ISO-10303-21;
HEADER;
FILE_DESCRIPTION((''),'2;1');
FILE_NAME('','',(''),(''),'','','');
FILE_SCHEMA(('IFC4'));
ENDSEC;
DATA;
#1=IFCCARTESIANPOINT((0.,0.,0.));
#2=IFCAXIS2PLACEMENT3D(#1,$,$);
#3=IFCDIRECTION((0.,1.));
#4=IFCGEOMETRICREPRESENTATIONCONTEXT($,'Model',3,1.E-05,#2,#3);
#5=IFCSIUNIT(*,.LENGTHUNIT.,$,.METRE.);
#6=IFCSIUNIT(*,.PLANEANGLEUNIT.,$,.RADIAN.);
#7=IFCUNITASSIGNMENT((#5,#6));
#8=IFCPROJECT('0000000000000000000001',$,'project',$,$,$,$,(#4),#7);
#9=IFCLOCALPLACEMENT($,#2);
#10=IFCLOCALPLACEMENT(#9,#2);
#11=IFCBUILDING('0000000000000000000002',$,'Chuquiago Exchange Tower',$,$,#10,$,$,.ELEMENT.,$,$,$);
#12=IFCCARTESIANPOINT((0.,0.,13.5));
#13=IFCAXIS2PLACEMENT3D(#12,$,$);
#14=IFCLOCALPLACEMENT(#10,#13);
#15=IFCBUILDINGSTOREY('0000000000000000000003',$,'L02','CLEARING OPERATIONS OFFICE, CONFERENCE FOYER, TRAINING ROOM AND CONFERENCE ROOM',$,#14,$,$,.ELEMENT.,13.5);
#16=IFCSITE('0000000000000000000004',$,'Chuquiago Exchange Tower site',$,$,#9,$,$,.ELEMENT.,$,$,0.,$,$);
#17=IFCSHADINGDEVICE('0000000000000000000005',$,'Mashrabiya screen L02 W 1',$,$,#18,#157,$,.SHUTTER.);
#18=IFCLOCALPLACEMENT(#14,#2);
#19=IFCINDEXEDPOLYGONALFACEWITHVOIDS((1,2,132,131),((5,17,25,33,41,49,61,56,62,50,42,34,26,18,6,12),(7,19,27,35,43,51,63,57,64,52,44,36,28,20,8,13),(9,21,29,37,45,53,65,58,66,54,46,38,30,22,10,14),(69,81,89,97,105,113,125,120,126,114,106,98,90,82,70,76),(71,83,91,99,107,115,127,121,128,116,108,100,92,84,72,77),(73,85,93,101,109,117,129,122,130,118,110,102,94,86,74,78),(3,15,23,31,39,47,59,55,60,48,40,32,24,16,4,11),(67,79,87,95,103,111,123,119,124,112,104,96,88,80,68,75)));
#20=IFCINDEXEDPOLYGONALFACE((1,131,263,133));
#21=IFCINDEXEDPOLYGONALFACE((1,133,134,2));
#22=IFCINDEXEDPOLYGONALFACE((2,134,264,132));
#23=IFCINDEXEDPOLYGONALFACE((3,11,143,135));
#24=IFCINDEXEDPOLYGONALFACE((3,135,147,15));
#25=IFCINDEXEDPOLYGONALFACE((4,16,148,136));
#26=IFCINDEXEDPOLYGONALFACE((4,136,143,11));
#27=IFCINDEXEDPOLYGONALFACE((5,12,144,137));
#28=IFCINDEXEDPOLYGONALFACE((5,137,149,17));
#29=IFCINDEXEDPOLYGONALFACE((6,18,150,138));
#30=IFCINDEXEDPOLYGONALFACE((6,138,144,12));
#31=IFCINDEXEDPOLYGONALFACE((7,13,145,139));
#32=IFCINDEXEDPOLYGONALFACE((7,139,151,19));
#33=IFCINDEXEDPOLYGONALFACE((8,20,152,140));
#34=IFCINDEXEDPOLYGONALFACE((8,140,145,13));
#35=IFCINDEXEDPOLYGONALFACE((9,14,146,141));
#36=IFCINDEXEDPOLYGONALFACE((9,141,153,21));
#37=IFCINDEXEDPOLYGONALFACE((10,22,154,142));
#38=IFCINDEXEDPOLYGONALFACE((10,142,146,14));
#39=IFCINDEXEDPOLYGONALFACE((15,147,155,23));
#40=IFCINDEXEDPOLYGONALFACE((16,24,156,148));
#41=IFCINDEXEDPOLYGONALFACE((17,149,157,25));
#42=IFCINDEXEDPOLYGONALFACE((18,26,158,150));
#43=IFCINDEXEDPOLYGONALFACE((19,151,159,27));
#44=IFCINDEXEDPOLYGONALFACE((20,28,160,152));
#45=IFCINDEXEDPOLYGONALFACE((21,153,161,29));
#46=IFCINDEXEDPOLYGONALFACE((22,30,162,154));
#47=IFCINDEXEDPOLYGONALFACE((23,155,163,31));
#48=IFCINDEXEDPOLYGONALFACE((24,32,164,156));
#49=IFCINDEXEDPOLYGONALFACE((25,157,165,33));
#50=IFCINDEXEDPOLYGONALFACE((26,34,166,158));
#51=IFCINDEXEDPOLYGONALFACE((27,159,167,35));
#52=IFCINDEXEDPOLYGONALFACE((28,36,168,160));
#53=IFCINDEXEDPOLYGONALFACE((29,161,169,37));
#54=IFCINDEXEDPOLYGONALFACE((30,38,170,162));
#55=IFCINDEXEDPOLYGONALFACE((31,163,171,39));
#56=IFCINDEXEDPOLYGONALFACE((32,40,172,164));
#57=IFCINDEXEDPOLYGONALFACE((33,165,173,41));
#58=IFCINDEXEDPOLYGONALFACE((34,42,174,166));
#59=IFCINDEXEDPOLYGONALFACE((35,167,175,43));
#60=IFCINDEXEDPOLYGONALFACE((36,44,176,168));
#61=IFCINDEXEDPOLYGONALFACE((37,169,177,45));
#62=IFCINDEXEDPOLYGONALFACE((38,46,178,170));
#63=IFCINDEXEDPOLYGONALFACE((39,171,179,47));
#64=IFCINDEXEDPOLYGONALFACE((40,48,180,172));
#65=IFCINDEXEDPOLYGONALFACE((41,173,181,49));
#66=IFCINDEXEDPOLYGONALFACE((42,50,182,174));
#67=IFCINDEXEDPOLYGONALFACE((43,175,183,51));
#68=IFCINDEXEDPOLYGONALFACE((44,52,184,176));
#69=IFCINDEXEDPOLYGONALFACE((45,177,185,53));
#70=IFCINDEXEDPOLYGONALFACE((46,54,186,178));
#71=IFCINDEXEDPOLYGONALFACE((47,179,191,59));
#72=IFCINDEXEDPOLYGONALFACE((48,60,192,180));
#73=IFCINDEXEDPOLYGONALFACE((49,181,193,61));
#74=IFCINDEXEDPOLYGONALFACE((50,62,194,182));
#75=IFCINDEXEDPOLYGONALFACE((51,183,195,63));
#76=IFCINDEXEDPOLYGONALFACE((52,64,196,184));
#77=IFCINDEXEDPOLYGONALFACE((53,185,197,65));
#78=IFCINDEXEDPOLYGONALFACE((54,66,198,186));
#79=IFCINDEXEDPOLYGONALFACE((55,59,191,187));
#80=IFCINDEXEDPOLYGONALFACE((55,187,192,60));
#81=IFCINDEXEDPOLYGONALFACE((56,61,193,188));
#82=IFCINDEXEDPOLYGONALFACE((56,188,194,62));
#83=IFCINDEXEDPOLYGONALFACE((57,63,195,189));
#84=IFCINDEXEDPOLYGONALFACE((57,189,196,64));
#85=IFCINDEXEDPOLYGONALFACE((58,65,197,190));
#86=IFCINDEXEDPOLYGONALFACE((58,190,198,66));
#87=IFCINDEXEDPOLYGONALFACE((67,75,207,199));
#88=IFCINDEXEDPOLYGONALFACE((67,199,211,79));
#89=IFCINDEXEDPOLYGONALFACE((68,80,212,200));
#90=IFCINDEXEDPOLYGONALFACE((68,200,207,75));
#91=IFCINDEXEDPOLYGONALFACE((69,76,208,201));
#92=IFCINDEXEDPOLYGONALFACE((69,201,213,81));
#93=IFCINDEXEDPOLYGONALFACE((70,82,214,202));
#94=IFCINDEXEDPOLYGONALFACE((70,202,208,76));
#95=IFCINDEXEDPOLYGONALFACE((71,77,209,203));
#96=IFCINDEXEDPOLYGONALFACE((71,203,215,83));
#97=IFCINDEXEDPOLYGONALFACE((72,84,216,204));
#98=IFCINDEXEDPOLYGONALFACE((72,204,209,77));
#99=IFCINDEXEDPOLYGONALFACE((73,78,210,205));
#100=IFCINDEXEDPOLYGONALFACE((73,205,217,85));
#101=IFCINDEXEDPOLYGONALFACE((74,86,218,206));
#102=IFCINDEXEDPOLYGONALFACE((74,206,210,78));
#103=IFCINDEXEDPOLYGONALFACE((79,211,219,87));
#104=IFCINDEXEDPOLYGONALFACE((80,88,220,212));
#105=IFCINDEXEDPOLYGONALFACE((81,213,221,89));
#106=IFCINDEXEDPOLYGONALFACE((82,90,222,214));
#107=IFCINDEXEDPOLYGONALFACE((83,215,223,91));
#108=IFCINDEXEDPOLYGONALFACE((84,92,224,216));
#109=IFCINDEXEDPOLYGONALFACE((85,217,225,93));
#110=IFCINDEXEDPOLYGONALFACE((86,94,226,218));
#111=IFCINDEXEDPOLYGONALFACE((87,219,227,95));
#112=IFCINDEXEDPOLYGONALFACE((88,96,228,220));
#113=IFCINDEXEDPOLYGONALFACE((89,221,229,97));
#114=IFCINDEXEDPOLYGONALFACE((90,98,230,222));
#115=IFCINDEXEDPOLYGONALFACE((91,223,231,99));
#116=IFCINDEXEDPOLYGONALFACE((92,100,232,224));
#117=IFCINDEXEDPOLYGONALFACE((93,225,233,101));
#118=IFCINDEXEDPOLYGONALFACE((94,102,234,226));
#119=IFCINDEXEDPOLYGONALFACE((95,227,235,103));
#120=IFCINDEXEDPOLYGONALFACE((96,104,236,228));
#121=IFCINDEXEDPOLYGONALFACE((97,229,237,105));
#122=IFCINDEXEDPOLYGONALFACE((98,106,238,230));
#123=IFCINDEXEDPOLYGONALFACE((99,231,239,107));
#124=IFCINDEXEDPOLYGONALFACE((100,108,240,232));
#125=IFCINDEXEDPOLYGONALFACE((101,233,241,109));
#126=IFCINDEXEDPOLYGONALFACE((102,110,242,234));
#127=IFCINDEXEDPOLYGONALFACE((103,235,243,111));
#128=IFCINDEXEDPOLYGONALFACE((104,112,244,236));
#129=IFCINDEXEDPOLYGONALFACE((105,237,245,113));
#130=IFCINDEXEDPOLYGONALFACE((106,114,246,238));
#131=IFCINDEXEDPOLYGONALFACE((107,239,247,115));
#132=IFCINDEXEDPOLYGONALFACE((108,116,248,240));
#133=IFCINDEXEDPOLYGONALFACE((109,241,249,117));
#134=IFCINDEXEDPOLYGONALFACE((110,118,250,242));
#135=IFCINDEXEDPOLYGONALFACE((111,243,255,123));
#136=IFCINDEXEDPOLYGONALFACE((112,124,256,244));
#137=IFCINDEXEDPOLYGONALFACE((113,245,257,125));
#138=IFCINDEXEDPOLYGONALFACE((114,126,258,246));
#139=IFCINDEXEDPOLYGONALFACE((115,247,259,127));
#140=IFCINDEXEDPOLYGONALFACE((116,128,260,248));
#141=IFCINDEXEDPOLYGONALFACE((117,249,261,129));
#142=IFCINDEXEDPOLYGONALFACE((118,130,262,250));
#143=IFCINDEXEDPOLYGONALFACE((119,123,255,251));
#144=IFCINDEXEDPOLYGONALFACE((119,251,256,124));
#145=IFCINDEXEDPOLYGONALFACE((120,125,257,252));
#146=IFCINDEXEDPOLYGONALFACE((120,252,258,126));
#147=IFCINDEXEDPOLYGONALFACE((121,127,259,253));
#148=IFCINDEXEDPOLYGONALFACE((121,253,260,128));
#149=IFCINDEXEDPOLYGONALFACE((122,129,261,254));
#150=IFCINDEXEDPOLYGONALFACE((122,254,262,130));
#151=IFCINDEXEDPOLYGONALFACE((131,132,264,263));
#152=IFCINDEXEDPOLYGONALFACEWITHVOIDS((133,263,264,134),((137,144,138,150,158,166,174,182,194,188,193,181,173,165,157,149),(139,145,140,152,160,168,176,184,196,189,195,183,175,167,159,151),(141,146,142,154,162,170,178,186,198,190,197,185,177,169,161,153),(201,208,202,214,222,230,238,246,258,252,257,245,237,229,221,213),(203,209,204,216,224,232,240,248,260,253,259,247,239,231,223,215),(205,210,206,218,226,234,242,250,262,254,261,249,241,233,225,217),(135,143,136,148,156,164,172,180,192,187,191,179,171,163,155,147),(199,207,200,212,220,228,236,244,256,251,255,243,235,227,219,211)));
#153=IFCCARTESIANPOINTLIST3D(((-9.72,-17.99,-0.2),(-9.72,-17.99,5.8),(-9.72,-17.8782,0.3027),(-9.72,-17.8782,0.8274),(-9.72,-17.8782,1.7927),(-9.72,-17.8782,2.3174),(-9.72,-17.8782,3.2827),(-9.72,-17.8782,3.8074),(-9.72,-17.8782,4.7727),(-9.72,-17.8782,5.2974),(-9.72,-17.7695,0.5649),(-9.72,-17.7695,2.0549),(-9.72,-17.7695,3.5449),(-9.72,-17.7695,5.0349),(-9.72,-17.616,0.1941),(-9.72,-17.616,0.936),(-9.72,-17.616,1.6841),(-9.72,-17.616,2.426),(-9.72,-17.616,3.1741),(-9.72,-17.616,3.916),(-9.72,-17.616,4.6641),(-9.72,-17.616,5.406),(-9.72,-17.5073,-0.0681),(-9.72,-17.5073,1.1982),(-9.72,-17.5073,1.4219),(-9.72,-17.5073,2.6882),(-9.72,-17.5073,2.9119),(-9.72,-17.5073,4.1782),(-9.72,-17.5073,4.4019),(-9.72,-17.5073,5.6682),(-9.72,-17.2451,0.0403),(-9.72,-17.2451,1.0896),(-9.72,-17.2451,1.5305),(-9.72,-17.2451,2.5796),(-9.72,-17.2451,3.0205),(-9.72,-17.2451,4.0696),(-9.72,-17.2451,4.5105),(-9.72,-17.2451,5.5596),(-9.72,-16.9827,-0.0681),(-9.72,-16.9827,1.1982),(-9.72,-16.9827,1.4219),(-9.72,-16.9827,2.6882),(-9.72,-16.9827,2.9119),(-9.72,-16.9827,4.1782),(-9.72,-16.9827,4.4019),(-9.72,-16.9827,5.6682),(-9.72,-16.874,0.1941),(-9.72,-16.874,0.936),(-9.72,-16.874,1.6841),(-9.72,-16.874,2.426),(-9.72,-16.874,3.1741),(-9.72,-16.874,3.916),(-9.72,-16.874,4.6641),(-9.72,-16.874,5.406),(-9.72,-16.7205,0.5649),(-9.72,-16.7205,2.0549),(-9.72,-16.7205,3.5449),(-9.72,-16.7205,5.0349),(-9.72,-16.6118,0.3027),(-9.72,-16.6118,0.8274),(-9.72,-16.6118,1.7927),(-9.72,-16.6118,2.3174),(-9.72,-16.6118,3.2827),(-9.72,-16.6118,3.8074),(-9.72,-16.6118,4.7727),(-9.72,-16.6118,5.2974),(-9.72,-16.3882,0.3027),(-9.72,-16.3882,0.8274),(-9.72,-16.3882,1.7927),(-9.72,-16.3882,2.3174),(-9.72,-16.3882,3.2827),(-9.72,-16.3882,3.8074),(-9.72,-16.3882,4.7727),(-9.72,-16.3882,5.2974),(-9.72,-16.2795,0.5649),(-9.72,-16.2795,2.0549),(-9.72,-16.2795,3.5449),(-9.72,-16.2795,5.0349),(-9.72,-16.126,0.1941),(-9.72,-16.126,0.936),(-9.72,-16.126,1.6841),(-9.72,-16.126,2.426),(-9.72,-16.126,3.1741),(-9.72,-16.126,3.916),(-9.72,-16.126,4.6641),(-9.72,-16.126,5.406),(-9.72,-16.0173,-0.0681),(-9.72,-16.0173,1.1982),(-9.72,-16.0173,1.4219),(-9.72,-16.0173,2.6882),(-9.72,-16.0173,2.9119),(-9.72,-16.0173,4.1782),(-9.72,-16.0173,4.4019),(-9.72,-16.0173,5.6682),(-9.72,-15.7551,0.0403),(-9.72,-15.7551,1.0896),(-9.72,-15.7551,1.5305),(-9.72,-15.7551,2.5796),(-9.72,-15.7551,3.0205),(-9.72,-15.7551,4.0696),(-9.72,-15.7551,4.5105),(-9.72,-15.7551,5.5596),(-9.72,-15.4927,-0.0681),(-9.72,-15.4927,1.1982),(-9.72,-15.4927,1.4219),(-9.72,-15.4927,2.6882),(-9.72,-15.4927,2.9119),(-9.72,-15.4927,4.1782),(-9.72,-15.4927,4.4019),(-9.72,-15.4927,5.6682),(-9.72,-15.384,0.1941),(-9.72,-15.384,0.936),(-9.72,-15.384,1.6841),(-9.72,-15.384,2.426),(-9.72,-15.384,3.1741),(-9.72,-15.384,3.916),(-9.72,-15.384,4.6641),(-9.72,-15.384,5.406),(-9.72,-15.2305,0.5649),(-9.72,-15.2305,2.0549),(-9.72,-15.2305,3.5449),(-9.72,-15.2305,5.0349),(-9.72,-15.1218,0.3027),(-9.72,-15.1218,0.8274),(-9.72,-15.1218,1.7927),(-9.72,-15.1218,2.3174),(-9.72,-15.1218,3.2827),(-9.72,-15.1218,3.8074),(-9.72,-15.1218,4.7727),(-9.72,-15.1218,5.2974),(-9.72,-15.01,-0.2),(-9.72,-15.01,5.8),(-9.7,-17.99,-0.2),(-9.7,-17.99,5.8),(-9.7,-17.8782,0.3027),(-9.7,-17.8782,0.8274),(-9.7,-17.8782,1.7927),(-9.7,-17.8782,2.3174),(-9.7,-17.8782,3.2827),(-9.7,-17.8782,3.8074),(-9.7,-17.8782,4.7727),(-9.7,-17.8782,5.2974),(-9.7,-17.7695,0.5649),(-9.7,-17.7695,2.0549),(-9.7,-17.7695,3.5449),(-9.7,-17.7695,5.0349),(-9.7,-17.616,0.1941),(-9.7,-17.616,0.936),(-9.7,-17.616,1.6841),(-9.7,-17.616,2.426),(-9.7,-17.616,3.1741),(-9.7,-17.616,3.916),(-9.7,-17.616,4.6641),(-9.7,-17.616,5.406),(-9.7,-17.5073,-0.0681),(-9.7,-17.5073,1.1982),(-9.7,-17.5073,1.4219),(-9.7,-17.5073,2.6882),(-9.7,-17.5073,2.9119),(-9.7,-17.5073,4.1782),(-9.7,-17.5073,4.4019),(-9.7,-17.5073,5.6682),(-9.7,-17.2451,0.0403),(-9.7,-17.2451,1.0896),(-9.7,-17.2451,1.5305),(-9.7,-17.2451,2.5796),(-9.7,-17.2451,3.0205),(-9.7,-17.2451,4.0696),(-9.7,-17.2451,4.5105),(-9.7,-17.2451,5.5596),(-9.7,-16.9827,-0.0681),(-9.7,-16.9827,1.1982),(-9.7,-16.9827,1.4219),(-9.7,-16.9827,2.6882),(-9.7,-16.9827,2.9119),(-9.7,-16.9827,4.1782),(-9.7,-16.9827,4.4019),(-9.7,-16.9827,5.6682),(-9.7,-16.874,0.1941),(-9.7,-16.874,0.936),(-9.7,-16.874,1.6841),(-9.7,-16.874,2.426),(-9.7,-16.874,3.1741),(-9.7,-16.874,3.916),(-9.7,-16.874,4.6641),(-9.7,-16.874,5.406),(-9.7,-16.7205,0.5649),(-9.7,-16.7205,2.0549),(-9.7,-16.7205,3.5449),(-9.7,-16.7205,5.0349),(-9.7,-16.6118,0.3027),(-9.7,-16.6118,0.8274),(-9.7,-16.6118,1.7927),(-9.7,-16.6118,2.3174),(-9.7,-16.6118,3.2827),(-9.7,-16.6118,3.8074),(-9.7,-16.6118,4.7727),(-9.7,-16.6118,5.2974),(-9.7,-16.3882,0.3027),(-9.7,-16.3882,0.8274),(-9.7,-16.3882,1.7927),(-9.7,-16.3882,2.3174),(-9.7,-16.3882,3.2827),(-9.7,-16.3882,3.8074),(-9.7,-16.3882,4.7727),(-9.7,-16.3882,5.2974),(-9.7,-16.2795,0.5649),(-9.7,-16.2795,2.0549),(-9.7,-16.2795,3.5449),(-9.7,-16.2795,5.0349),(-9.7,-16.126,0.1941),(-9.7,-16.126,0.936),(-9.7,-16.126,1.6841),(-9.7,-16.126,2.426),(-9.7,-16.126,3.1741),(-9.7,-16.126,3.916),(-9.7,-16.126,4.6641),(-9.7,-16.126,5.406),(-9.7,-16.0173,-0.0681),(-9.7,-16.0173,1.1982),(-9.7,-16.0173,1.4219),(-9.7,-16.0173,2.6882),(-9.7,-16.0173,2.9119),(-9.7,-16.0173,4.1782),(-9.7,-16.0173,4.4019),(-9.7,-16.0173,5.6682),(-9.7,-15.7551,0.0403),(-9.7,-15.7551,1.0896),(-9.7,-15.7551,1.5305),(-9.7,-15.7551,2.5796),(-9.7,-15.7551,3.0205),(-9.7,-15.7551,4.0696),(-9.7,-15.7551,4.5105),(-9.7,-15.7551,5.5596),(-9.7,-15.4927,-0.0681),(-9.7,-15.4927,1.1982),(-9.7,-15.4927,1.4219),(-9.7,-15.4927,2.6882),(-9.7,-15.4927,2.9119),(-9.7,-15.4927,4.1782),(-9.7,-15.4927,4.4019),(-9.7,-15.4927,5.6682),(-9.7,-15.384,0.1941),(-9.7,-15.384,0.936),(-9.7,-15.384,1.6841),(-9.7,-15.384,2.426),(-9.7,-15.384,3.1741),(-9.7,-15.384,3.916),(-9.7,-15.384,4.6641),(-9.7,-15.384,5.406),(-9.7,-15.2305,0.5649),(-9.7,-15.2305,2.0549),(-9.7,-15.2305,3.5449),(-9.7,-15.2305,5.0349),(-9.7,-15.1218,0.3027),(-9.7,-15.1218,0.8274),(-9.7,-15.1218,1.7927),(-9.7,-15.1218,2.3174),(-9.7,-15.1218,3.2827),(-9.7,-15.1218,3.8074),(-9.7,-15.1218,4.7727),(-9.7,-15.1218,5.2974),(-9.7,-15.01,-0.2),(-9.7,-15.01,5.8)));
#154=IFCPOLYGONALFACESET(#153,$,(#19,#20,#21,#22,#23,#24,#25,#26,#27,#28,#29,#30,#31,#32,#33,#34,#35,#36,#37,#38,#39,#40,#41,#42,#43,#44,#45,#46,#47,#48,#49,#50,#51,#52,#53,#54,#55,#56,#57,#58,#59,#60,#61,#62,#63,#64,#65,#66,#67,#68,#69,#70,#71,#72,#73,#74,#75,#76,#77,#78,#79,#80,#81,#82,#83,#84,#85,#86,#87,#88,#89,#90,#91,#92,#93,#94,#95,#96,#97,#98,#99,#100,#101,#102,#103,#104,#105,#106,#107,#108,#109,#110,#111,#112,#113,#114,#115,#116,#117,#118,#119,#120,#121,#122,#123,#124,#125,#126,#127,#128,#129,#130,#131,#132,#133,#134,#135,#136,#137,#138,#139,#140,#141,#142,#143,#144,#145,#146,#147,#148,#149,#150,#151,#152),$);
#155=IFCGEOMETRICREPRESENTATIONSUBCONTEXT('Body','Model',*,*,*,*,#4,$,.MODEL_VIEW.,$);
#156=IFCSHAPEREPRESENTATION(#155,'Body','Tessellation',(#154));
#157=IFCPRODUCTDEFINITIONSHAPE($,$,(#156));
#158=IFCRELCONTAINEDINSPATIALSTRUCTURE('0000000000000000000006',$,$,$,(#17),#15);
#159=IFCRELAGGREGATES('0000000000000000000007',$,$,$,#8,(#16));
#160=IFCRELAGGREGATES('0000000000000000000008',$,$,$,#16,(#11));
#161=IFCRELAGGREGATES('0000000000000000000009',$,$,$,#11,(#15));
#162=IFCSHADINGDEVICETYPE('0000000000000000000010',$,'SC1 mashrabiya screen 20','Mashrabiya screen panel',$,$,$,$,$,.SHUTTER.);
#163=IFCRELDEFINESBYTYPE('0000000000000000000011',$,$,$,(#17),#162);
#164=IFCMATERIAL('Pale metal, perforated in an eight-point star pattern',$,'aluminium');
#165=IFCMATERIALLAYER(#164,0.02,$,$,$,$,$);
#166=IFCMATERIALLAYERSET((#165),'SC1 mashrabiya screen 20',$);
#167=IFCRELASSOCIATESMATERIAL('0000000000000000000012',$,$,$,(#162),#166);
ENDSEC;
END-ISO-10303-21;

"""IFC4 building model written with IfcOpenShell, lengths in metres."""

from ifc_helpers import new_model, si_unit, direction, frame, origin, place, context, subcontext, project, spatial, polyline, outline, extrude, material, layer, layer_set, type_object, element, save


model = new_model("IFC4")

# Units and contexts
model_context = context("Model", 3, precision=1e-05, world=origin(), true_north=direction((0.0, 1.0)))
body_context = subcontext(model_context, "Body", "Model", "MODEL_VIEW")
ifc_project = project(units=[si_unit("LENGTHUNIT", "METRE"), si_unit("PLANEANGLEUNIT", "RADIAN")], contexts=[model_context])

# Site, building, storey
site_placement = place(None, origin())
site = spatial("IfcSite", under=ifc_project, at=site_placement, Name="Chuquiago Exchange Tower site", CompositionType="ELEMENT", RefElevation=0.0)
building_placement = place(site_placement, origin())
building = spatial("IfcBuilding", under=site, at=building_placement, Name="Chuquiago Exchange Tower", CompositionType="ELEMENT")
storey_placement = place(building_placement, frame((0.0, 0.0, 13.5)))
storey = spatial("IfcBuildingStorey", under=building, at=storey_placement, Name="L02", Description="CLEARING OPERATIONS OFFICE, CONFERENCE FOYER, TRAINING ROOM AND CONFERENCE ROOM", CompositionType="ELEMENT", Elevation=13.5)

# Shading device
ifc_material_1 = material(Name="Pale metal, perforated in an eight-point star pattern", Category="aluminium")
ifc_layer_1 = layer(ifc_material_1, 0.02)
ifc_layer_set_1 = layer_set([ifc_layer_1], Name="SC1 mashrabiya screen 20")
shading_device_type = type_object("IfcShadingDeviceType", Name="SC1 mashrabiya screen 20", Description="Mashrabiya screen panel", PredefinedType="SHUTTER", material=ifc_layer_set_1)
shading_device_1_placement = place(storey_placement, frame((-9.7, -15.01, -0.2), z_axis=(0.0, 0.0, 1.0), x_axis=(0.0, -1.0, 0.0)))
element("IfcShadingDevice", 1, at=shading_device_1_placement, inside=storey, type_object=shading_device_type, Name="Mashrabiya screen L02 W 1", PredefinedType="SHUTTER", context=body_context, shape_type="SweptSolid", body=[
    extrude(outline(polyline([(0.0, 0.0), (2.98, 0.0), (2.98, 6.0), (0.0, 6.0), (0.0, 0.0)]), holes=[polyline([(1.2695, 0.7649), (1.3782, 1.0273), (1.116, 1.136), (1.0073, 1.3982), (0.7451, 1.2896), (0.4827, 1.3982), (0.374, 1.136), (0.1118, 1.0273), (0.2205, 0.7649), (0.1118, 0.5027), (0.374, 0.394), (0.4827, 0.1318), (0.7451, 0.2402), (1.0073, 0.1318), (1.116, 0.394), (1.3782, 0.5027), (1.2695, 0.7649)]), polyline([(2.7595, 0.7649), (2.8682, 1.0273), (2.606, 1.136), (2.4973, 1.3982), (2.2351, 1.2896), (1.9727, 1.3982), (1.864, 1.136), (1.6018, 1.0273), (1.7104, 0.7649), (1.6018, 0.5027), (1.864, 0.394), (1.9727, 0.1318), (2.2351, 0.2402), (2.4973, 0.1318), (2.606, 0.394), (2.8682, 0.5027), (2.7595, 0.7649)]), polyline([(1.2695, 2.2549), (1.3782, 2.5173), (1.116, 2.626), (1.0073, 2.8882), (0.7451, 2.7795), (0.4827, 2.8882), (0.374, 2.626), (0.1118, 2.5173), (0.2205, 2.2549), (0.1118, 1.9927), (0.374, 1.884), (0.4827, 1.6218), (0.7451, 1.7305), (1.0073, 1.6218), (1.116, 1.884), (1.3782, 1.9927), (1.2695, 2.2549)]), polyline([(2.7595, 2.2549), (2.8682, 2.5173), (2.606, 2.626), (2.4973, 2.8882), (2.2351, 2.7795), (1.9727, 2.8882), (1.864, 2.626), (1.6018, 2.5173), (1.7104, 2.2549), (1.6018, 1.9927), (1.864, 1.884), (1.9727, 1.6218), (2.2351, 1.7305), (2.4973, 1.6218), (2.606, 1.884), (2.8682, 1.9927), (2.7595, 2.2549)]), polyline([(1.2695, 3.7449), (1.3782, 4.0073), (1.116, 4.116), (1.0073, 4.3782), (0.7451, 4.2695), (0.4827, 4.3782), (0.374, 4.116), (0.1118, 4.0073), (0.2205, 3.7449), (0.1118, 3.4827), (0.374, 3.374), (0.4827, 3.1118), (0.7451, 3.2205), (1.0073, 3.1118), (1.116, 3.374), (1.3782, 3.4827), (1.2695, 3.7449)]), polyline([(2.7595, 3.7449), (2.8682, 4.0073), (2.606, 4.116), (2.4973, 4.3782), (2.2351, 4.2695), (1.9727, 4.3782), (1.864, 4.116), (1.6018, 4.0073), (1.7104, 3.7449), (1.6018, 3.4827), (1.864, 3.374), (1.9727, 3.1118), (2.2351, 3.2205), (2.4973, 3.1118), (2.606, 3.374), (2.8682, 3.4827), (2.7595, 3.7449)]), polyline([(1.2695, 5.2349), (1.3782, 5.4973), (1.116, 5.606), (1.0073, 5.8682), (0.7451, 5.7595), (0.4827, 5.8682), (0.374, 5.606), (0.1118, 5.4973), (0.2205, 5.2349), (0.1118, 4.9727), (0.374, 4.864), (0.4827, 4.6018), (0.7451, 4.7104), (1.0073, 4.6018), (1.116, 4.864), (1.3782, 4.9727), (1.2695, 5.2349)]), polyline([(2.7595, 5.2349), (2.8682, 5.4973), (2.606, 5.606), (2.4973, 5.8682), (2.2351, 5.7595), (1.9727, 5.8682), (1.864, 5.606), (1.6018, 5.4973), (1.7104, 5.2349), (1.6018, 4.9727), (1.864, 4.864), (1.9727, 4.6018), (2.2351, 4.7104), (2.4973, 4.6018), (2.606, 4.864), (2.8682, 4.9727), (2.7595, 5.2349)])]), frame((0.0, 0.0, 0.0), z_axis=(0.0, -1.0, 0.0), x_axis=(1.0, 0.0, 0.0)), (0.0, 0.0, 1.0), 0.02),
])

save(model, "model.ifc")
